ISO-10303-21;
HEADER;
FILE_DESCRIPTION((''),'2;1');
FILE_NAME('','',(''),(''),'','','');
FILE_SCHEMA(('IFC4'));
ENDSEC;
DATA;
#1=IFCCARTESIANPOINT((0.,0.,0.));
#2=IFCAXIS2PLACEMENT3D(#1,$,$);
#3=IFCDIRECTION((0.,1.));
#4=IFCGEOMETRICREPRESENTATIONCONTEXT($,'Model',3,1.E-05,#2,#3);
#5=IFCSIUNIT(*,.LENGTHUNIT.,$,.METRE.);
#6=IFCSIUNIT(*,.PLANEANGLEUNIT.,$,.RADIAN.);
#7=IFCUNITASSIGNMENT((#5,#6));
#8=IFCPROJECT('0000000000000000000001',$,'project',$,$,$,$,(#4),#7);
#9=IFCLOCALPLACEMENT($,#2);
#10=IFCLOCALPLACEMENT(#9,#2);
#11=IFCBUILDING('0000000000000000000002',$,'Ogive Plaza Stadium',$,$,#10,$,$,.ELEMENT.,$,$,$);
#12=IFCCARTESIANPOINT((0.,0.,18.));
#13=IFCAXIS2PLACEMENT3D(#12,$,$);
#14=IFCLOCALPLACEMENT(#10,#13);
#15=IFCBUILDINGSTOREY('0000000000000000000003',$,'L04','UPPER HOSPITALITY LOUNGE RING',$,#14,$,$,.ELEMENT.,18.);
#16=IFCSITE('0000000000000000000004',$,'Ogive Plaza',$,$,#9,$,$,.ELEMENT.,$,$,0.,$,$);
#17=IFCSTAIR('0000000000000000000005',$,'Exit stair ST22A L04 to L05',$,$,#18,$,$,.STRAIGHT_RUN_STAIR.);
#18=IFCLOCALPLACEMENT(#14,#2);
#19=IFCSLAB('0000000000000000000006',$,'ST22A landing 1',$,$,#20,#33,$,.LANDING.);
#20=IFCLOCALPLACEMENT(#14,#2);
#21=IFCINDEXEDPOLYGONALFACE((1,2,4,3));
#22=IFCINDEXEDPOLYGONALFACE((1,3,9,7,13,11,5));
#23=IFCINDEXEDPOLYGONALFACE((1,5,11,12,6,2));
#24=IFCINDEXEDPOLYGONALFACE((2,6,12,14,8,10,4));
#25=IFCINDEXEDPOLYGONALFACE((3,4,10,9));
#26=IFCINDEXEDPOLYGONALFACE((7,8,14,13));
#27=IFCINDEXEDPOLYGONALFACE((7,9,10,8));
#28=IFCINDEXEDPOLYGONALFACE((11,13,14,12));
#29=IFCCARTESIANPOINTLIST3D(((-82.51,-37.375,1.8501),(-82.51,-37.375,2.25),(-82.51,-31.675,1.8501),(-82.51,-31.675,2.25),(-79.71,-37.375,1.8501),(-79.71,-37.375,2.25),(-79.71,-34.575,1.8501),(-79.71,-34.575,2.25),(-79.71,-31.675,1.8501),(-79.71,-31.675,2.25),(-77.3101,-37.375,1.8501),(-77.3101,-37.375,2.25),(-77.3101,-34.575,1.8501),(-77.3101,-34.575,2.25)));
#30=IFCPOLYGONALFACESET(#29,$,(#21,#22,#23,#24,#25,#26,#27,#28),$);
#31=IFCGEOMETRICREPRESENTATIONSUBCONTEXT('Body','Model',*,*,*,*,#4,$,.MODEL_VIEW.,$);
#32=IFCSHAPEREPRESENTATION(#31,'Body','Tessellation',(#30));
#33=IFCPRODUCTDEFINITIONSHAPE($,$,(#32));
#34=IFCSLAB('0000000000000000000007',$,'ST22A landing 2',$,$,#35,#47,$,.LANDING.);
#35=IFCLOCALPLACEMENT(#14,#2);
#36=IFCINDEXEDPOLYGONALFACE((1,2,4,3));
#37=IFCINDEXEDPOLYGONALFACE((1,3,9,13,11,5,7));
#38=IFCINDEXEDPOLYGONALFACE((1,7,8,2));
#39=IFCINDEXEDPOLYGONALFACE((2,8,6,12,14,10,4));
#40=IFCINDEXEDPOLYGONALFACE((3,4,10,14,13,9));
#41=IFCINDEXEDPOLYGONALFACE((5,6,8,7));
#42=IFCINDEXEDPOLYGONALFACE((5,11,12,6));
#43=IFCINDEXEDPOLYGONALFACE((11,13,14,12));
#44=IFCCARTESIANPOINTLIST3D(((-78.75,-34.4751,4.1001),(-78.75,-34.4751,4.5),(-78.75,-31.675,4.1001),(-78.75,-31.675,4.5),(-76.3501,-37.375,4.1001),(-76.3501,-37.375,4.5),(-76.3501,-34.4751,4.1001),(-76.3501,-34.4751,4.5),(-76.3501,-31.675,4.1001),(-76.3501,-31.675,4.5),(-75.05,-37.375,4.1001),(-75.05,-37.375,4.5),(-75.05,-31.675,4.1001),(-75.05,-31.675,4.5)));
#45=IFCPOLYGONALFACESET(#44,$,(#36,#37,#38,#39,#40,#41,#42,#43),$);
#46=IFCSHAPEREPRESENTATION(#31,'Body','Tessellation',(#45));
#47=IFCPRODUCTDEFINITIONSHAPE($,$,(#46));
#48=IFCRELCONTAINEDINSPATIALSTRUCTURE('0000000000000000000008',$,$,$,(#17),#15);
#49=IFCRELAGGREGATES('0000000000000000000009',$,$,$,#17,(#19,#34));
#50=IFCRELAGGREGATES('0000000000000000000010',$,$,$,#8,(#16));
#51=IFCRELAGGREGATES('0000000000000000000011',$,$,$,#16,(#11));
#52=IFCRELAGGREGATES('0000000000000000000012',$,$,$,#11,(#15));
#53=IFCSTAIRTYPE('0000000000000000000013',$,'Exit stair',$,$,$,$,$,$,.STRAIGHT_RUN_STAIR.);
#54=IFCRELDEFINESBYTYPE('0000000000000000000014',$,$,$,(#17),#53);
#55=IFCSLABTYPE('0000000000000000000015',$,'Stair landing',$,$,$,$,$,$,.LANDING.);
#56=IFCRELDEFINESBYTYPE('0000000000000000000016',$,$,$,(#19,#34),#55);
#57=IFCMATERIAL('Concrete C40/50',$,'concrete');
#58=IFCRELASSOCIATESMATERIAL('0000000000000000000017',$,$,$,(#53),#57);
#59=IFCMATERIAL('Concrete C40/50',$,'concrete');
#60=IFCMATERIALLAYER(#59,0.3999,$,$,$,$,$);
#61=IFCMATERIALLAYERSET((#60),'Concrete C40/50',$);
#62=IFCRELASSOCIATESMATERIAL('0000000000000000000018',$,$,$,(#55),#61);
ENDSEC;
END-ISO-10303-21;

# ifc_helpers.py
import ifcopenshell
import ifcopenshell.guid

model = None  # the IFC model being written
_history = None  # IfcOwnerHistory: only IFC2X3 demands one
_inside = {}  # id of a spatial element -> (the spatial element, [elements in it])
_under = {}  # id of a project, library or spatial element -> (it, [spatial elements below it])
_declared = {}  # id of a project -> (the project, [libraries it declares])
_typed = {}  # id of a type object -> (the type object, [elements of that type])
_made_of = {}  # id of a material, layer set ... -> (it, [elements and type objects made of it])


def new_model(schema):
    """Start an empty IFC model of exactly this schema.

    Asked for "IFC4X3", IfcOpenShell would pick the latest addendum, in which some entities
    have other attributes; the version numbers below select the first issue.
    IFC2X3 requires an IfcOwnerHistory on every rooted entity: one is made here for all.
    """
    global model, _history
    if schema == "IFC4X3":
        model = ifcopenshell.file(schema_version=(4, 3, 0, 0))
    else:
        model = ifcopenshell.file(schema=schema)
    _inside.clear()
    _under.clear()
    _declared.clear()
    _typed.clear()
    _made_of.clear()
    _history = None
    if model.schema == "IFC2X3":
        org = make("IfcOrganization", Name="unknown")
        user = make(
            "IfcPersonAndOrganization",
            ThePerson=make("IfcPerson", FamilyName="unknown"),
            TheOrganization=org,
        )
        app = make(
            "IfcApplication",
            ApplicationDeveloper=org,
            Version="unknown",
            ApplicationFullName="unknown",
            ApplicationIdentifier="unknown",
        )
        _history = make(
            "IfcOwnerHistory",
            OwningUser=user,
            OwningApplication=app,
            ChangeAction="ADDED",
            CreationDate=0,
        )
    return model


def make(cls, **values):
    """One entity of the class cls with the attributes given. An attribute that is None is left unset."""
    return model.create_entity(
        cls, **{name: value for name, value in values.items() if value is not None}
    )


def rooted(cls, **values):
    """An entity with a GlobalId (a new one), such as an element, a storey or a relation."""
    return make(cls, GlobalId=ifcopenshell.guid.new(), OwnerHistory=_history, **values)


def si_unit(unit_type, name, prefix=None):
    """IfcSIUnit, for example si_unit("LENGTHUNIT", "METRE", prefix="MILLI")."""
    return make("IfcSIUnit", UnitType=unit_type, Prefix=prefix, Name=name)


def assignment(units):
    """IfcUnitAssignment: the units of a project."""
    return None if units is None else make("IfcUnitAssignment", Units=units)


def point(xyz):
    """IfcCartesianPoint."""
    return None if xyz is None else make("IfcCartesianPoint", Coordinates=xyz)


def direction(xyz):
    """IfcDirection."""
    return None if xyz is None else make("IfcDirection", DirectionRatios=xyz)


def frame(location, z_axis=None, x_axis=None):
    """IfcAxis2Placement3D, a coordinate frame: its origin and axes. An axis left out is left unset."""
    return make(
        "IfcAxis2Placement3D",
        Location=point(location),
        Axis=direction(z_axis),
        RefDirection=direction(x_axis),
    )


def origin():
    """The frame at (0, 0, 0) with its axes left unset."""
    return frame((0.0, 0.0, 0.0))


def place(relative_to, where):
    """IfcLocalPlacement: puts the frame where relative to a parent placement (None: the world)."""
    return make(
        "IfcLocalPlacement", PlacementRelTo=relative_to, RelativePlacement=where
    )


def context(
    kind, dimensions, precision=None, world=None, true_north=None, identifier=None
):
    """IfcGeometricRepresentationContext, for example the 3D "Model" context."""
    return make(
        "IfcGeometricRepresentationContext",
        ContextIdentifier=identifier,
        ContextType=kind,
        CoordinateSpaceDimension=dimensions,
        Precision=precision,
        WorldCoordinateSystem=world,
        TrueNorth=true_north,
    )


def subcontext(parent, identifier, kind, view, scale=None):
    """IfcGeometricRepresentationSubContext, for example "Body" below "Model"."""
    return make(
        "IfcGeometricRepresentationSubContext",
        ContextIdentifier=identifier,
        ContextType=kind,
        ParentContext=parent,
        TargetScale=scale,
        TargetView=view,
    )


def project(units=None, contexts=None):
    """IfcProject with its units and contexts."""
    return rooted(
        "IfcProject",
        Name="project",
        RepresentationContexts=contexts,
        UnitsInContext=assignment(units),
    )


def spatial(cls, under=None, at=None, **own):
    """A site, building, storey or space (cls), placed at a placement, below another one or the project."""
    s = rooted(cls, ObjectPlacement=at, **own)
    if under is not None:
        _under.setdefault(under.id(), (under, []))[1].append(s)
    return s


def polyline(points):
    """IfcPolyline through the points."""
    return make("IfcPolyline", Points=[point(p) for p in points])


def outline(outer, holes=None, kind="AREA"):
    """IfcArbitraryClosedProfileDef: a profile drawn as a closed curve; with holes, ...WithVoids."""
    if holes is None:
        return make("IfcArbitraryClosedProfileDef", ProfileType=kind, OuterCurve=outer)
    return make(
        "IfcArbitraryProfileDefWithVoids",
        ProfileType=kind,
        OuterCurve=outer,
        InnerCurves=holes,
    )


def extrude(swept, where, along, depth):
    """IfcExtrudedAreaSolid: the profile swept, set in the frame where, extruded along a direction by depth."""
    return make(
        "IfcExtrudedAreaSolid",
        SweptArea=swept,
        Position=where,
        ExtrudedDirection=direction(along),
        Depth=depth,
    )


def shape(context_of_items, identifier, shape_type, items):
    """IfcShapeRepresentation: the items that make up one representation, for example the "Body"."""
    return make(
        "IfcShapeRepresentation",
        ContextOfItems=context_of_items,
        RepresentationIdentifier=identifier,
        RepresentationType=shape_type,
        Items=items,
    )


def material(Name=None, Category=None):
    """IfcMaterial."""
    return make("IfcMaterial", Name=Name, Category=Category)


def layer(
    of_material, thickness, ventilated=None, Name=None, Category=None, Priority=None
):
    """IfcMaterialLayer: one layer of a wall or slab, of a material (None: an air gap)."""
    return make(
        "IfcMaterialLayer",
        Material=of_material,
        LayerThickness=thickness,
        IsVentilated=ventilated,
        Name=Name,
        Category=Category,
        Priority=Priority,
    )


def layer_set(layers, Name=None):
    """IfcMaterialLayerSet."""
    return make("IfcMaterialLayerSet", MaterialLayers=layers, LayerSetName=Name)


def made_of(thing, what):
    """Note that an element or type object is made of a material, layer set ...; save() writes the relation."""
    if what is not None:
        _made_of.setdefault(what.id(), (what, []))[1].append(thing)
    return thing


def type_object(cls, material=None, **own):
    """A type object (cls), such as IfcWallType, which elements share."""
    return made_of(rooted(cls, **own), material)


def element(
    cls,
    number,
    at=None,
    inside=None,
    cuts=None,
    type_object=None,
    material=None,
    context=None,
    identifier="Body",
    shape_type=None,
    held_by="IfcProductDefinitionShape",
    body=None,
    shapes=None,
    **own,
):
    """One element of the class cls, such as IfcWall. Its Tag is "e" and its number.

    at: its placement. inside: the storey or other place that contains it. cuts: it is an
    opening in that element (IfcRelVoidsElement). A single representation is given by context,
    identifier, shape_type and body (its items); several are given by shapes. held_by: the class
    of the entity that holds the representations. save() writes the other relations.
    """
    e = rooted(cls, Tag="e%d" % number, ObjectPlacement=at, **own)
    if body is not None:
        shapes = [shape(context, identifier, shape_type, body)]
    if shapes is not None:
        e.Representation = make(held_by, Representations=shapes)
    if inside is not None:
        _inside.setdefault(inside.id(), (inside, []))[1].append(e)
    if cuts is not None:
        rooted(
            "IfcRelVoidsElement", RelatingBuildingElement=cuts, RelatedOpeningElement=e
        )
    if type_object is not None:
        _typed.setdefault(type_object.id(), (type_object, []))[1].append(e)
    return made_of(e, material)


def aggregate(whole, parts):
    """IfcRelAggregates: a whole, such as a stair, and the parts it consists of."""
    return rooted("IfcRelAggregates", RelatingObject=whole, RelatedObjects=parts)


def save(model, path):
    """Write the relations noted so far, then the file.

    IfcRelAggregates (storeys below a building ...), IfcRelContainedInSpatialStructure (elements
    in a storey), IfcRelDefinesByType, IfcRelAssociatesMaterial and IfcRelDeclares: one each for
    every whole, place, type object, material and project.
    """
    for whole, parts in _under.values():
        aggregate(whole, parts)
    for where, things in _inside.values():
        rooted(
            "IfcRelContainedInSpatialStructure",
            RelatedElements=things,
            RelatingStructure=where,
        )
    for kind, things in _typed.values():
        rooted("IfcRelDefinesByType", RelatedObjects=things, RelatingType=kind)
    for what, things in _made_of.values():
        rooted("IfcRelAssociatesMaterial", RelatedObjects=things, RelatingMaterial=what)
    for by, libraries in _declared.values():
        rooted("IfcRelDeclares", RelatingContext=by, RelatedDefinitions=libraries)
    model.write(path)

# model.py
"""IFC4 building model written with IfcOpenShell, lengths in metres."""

from ifc_helpers import new_model, si_unit, direction, frame, origin, place, context, subcontext, project, spatial, polyline, outline, extrude, material, layer, layer_set, type_object, element, aggregate, save


model = new_model("IFC4")

# Units and contexts
model_context = context("Model", 3, precision=1e-05, world=origin(), true_north=direction((0.0, 1.0)))
body_context = subcontext(model_context, "Body", "Model", "MODEL_VIEW")
ifc_project = project(units=[si_unit("LENGTHUNIT", "METRE"), si_unit("PLANEANGLEUNIT", "RADIAN")], contexts=[model_context])

# Site, building, storey
site_placement = place(None, origin())
site = spatial("IfcSite", under=ifc_project, at=site_placement, Name="Ogive Plaza", CompositionType="ELEMENT", RefElevation=0.0)
building_placement = place(site_placement, origin())
building = spatial("IfcBuilding", under=site, at=building_placement, Name="Ogive Plaza Stadium", CompositionType="ELEMENT")
storey_placement = place(building_placement, frame((0.0, 0.0, 18.0)))
storey = spatial("IfcBuildingStorey", under=building, at=storey_placement, Name="L04", Description="UPPER HOSPITALITY LOUNGE RING", CompositionType="ELEMENT", Elevation=18.0)

# Stair, slabs
ifc_material_1 = material(Name="Concrete C40/50", Category="concrete")
stair_type = type_object("IfcStairType", Name="Exit stair", PredefinedType="STRAIGHT_RUN_STAIR", material=ifc_material_1)
ifc_material_2 = material(Name="Concrete C40/50", Category="concrete")
ifc_layer = layer(ifc_material_2, 0.3999)
ifc_layer_set = layer_set([ifc_layer], Name="Concrete C40/50")
slab_type = type_object("IfcSlabType", Name="Stair landing", PredefinedType="LANDING", material=ifc_layer_set)
stair_1_placement = place(storey_placement, origin())
stair_1 = element("IfcStair", 1, at=stair_1_placement, inside=storey, type_object=stair_type, Name="Exit stair ST22A L04 to L05", PredefinedType="STRAIGHT_RUN_STAIR")
slab_1_placement = place(storey_placement, frame((0.0, 0.0, 1.8501)))
slab_1 = element("IfcSlab", 2, at=slab_1_placement, type_object=slab_type, Name="ST22A landing 1", PredefinedType="LANDING", context=body_context, shape_type="SweptSolid", body=[
    extrude(outline(polyline([(-82.51, -37.375), (-82.51, -31.675), (-79.71, -31.675), (-79.71, -34.575), (-77.3101, -34.575), (-77.3101, -37.375), (-79.71, -37.375), (-82.51, -37.375)])), origin(), (0.0, 0.0, 1.0), 0.3999),
])
slab_2_placement = place(storey_placement, frame((0.0, 0.0, 4.1001)))
slab_2 = element("IfcSlab", 3, at=slab_2_placement, type_object=slab_type, Name="ST22A landing 2", PredefinedType="LANDING", context=body_context, shape_type="SweptSolid", body=[
    extrude(outline(polyline([(-78.75, -34.4751), (-78.75, -31.675), (-76.3501, -31.675), (-75.05, -31.675), (-75.05, -37.375), (-76.3501, -37.375), (-76.3501, -34.4751), (-78.75, -34.4751)])), origin(), (0.0, 0.0, 1.0), 0.3999),
])
aggregate(stair_1, [slab_1, slab_2])

save(model, "model.ifc")
